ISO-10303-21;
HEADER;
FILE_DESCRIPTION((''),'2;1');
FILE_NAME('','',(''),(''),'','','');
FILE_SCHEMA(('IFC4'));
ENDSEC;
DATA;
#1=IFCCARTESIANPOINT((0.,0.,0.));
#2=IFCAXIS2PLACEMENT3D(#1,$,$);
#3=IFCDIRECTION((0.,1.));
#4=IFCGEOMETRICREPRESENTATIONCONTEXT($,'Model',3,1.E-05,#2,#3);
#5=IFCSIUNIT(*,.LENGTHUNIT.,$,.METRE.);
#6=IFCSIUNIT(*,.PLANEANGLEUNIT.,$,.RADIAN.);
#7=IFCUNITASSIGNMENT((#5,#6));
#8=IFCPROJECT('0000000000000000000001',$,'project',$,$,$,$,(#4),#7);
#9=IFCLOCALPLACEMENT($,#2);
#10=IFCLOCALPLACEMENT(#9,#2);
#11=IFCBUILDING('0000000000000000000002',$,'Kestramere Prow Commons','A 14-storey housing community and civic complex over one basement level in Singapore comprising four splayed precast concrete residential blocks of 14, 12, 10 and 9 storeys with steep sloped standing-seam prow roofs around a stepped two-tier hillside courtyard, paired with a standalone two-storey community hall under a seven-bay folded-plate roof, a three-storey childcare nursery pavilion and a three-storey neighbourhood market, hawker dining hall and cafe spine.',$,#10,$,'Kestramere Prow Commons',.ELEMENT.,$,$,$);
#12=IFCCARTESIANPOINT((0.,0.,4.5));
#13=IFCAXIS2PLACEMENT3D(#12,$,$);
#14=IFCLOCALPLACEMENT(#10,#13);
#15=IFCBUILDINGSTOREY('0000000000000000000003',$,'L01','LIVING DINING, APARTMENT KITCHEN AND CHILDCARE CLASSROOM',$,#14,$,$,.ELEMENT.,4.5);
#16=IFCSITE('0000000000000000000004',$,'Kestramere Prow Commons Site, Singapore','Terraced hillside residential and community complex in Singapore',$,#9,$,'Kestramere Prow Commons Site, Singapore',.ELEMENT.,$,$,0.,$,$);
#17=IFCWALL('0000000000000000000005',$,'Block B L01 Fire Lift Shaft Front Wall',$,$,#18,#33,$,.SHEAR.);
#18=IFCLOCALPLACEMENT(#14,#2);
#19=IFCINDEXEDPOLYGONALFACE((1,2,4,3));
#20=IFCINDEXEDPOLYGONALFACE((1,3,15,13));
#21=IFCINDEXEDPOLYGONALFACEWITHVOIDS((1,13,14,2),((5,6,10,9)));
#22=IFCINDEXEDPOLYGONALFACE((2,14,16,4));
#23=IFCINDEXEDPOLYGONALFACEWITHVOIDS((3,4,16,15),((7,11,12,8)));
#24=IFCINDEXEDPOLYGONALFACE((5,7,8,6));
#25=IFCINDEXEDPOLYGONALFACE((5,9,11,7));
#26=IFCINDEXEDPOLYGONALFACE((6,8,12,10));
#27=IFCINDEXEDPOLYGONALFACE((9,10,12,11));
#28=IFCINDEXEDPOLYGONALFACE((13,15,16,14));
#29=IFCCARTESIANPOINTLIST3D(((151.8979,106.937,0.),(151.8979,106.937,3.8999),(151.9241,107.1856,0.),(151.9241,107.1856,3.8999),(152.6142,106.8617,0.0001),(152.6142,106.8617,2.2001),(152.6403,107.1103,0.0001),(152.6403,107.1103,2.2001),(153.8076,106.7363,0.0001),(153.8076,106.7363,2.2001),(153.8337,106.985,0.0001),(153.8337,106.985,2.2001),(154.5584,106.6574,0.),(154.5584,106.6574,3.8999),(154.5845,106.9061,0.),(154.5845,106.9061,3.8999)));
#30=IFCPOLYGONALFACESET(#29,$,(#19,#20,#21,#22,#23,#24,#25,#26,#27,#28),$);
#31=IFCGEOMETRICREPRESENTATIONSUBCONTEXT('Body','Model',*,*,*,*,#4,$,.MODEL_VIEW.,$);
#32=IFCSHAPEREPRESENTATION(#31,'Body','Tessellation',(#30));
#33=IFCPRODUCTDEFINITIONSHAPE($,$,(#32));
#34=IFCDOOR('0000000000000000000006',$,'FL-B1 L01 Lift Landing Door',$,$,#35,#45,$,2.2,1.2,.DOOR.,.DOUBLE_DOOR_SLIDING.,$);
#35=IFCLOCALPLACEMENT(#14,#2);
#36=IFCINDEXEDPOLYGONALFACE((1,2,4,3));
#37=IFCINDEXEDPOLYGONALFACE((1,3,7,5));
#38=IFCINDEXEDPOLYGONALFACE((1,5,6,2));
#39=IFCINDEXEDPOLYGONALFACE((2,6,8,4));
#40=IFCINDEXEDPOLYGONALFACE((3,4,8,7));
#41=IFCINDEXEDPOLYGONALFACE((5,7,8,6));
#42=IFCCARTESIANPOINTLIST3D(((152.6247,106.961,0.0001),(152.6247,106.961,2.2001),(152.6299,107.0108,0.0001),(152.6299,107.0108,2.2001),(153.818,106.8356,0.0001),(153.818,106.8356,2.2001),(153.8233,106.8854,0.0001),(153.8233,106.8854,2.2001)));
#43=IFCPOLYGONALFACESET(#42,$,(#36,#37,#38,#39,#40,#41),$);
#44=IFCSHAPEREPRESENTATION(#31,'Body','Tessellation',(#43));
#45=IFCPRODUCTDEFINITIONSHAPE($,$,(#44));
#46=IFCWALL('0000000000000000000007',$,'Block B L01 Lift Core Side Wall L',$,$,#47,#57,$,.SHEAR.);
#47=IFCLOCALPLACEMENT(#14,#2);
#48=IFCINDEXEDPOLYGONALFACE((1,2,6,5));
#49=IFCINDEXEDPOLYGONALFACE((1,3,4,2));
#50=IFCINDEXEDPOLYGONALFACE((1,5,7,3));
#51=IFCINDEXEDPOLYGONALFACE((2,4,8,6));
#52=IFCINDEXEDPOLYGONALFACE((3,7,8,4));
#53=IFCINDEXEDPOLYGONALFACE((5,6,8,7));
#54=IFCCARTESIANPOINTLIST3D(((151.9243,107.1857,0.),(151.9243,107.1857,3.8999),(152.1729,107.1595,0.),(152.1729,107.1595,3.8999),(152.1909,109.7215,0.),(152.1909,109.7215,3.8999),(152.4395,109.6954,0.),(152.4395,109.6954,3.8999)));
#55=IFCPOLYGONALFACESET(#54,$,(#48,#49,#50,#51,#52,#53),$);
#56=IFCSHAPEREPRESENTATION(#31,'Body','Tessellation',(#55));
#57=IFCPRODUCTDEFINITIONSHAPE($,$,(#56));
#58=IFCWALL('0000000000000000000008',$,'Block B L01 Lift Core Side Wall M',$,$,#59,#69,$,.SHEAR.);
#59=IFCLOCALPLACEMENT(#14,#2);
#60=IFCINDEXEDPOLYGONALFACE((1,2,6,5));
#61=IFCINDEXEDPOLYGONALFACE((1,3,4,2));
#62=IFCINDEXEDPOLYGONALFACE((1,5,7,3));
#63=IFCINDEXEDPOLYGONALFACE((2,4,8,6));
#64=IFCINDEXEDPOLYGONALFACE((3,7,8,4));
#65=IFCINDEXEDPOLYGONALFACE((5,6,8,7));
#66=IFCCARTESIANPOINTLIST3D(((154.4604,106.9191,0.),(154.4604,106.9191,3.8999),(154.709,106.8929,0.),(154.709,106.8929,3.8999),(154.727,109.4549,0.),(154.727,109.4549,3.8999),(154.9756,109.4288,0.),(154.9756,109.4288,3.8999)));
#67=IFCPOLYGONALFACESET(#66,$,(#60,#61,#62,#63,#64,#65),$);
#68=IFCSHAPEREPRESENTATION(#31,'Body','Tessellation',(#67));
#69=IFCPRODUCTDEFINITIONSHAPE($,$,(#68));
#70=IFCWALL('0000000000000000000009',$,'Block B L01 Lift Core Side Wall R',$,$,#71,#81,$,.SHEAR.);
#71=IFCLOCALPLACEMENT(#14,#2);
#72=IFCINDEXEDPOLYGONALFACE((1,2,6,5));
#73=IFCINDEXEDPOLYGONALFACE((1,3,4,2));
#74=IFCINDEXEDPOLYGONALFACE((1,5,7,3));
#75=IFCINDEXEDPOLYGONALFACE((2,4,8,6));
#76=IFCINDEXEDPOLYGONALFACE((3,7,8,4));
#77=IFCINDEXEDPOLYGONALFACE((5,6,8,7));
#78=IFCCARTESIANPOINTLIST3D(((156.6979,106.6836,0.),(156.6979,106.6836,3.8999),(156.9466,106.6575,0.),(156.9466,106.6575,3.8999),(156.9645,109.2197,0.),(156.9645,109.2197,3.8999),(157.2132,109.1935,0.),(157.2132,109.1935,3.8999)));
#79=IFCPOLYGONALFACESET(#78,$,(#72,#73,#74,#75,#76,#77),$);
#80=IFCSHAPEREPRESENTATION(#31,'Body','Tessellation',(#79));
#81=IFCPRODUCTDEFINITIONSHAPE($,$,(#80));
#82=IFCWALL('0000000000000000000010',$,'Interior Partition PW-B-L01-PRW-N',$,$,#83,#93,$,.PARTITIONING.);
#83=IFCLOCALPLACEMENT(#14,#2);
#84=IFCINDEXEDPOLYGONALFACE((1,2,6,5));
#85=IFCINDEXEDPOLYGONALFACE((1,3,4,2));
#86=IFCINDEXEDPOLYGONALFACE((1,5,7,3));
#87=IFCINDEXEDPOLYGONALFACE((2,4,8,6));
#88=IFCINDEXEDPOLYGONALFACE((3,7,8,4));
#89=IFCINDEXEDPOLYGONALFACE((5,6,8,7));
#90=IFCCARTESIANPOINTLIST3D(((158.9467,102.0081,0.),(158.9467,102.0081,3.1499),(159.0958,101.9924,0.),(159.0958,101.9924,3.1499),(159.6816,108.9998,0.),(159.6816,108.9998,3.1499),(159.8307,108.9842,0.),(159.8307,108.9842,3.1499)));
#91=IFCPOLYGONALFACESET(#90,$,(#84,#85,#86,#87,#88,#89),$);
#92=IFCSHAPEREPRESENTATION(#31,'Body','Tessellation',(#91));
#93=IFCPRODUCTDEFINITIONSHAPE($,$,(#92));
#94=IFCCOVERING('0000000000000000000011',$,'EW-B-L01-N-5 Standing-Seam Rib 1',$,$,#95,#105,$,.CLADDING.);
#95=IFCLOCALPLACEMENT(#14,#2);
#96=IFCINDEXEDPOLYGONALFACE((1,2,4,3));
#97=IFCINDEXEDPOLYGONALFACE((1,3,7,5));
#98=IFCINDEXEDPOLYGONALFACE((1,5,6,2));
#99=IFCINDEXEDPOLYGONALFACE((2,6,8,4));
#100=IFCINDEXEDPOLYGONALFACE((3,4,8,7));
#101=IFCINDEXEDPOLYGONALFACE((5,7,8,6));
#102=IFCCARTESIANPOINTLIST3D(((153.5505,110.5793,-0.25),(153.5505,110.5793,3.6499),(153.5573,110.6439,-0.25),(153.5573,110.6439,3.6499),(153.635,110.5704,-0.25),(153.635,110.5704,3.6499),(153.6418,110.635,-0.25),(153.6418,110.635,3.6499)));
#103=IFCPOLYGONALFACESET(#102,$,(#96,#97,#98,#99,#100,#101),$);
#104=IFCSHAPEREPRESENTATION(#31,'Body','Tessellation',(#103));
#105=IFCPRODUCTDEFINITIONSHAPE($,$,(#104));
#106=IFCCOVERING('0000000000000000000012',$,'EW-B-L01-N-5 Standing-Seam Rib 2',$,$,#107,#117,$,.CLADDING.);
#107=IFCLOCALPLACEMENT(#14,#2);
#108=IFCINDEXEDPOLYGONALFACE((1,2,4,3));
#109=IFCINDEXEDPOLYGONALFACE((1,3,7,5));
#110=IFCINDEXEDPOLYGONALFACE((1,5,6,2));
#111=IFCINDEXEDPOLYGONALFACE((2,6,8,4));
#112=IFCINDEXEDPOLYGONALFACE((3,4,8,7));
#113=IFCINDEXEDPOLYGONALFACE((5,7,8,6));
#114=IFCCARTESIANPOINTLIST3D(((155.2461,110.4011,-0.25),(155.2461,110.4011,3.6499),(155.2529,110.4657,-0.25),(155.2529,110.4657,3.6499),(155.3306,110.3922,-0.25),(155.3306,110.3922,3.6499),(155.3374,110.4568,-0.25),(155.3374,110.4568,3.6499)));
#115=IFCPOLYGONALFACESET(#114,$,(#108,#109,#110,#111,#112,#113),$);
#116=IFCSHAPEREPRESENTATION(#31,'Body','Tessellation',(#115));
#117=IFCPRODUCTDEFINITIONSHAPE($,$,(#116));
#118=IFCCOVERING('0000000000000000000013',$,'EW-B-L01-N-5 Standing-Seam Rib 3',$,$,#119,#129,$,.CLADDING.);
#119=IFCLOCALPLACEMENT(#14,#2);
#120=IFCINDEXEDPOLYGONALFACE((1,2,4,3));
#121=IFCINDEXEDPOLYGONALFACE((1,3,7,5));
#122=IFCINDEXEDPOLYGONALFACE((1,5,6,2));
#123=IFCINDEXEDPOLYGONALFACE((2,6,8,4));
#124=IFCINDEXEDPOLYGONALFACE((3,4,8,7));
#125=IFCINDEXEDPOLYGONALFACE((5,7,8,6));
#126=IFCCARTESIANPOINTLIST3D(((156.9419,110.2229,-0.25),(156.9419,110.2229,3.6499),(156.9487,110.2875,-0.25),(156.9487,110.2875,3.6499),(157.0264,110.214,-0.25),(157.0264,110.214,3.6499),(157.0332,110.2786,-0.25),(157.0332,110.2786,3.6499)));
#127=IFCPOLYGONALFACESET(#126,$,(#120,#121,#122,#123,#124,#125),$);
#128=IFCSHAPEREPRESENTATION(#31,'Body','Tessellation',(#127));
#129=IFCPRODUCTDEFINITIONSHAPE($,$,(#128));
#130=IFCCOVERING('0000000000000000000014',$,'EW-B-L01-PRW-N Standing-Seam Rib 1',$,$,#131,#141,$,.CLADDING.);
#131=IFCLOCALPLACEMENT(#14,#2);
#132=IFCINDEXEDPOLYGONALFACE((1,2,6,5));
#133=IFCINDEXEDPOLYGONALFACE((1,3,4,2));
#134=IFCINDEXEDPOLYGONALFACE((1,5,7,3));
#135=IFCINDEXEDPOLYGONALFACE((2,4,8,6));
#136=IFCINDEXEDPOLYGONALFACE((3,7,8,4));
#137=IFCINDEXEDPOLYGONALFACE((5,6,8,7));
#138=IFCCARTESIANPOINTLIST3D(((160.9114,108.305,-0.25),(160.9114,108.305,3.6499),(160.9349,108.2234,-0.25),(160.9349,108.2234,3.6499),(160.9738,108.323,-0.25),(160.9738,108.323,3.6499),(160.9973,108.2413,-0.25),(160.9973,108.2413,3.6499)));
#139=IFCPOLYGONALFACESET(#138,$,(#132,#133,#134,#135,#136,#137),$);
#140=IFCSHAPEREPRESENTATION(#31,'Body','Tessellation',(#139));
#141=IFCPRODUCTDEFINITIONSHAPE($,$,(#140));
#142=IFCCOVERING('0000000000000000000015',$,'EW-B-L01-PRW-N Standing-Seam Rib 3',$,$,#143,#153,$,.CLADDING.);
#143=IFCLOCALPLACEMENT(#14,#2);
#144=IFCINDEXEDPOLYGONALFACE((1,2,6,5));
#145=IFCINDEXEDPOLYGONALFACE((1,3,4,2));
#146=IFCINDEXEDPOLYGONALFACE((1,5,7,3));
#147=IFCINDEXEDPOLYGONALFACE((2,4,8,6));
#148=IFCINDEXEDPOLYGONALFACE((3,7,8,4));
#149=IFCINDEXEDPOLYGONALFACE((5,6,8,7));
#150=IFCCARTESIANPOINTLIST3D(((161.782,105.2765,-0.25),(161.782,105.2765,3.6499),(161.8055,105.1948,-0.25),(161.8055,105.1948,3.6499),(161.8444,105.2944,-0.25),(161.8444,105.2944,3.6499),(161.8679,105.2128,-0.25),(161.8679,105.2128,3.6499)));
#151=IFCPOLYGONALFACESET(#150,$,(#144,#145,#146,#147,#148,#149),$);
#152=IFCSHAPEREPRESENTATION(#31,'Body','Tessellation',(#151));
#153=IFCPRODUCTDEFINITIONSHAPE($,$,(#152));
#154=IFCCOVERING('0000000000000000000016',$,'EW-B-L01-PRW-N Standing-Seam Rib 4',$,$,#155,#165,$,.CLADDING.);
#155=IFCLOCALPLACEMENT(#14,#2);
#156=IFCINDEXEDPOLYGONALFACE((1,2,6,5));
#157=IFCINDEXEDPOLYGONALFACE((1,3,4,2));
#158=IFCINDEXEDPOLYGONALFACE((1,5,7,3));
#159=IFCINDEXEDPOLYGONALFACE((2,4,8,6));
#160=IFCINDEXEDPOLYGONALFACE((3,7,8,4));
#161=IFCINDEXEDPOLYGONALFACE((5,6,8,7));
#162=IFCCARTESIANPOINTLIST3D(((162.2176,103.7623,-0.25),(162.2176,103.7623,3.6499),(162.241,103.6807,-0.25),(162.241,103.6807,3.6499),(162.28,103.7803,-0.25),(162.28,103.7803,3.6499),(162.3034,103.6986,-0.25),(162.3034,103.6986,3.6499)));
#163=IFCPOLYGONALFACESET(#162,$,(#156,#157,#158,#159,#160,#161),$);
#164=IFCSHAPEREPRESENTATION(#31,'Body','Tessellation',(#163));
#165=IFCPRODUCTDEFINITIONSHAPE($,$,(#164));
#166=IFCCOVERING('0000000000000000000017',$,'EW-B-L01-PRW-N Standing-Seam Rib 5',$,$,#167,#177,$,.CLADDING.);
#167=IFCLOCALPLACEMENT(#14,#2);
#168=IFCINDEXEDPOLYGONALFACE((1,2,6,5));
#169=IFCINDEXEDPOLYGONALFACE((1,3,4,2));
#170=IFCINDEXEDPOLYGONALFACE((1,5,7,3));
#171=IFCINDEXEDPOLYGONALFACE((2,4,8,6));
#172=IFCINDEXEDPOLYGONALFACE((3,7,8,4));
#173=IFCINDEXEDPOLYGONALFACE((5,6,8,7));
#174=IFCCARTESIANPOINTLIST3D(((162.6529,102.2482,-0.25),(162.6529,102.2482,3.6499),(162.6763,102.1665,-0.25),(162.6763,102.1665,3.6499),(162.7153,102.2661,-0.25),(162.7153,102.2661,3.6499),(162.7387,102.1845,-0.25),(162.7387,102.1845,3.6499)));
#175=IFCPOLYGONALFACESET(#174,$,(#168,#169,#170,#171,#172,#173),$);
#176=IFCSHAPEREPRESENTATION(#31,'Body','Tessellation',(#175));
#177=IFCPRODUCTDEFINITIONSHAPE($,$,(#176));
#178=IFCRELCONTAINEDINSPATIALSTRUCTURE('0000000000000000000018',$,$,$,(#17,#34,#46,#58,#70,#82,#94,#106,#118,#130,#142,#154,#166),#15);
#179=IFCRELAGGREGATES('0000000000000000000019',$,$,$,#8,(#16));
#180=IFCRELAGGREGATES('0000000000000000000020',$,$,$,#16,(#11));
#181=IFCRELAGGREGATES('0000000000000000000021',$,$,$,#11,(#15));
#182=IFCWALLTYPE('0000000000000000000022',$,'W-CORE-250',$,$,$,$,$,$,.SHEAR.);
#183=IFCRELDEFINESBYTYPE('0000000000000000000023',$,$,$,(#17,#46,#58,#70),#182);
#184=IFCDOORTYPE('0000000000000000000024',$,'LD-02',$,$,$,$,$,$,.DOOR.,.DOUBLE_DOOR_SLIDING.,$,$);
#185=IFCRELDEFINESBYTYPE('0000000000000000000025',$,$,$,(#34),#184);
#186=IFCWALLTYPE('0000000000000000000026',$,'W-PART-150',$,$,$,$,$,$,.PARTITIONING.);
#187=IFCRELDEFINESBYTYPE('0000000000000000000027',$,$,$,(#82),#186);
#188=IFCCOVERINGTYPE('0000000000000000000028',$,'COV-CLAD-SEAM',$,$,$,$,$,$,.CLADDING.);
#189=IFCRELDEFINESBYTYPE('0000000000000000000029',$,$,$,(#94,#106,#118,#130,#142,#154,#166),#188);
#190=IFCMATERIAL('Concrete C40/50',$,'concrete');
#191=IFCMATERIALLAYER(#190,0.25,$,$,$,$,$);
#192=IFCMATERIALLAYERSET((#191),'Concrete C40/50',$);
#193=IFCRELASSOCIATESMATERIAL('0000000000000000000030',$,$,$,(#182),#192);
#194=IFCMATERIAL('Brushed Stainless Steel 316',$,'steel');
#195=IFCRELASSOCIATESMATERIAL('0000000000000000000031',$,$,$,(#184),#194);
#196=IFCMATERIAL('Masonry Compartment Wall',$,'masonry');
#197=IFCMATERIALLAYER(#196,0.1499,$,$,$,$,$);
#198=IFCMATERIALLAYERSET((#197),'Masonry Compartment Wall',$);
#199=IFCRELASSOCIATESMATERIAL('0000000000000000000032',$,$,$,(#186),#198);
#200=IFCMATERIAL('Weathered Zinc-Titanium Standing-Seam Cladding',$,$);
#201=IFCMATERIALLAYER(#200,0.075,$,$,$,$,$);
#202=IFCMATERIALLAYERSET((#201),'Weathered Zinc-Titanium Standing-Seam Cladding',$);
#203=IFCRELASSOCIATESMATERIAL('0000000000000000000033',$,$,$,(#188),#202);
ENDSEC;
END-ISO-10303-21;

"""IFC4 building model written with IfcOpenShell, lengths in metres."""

from ifc_helpers import new_model, si_unit, direction, frame, frame_2d, origin, origin_2d, place, context, subcontext, project, spatial, rectangle, extrude, material, layer, layer_set, type_object, element, fill, save


model = new_model("IFC4")

# Units and contexts
model_context = context("Model", 3, precision=1e-05, world=origin(), true_north=direction((0.0, 1.0)))
body_context = subcontext(model_context, "Body", "Model", "MODEL_VIEW")
ifc_project = project(units=[si_unit("LENGTHUNIT", "METRE"), si_unit("PLANEANGLEUNIT", "RADIAN")], contexts=[model_context])

# Site, building, storey
site_placement = place(None, origin())
site = spatial("IfcSite", under=ifc_project, at=site_placement, Name="Kestramere Prow Commons Site, Singapore", Description="Terraced hillside residential and community complex in Singapore", LongName="Kestramere Prow Commons Site, Singapore", CompositionType="ELEMENT", RefElevation=0.0)
building_placement = place(site_placement, origin())
building = spatial("IfcBuilding", under=site, at=building_placement, Name="Kestramere Prow Commons", Description="A 14-storey housing community and civic complex over one basement level in Singapore comprising four splayed precast concrete residential blocks of 14, 12, 10 and 9 storeys with steep sloped standing-seam prow roofs around a stepped two-tier hillside courtyard, paired with a standalone two-storey community hall under a seven-bay folded-plate roof, a three-storey childcare nursery pavilion and a three-storey neighbourhood market, hawker dining hall and cafe spine.", LongName="Kestramere Prow Commons", CompositionType="ELEMENT")
storey_placement = place(building_placement, frame((0.0, 0.0, 4.5)))
storey = spatial("IfcBuildingStorey", under=building, at=storey_placement, Name="L01", Description="LIVING DINING, APARTMENT KITCHEN AND CHILDCARE CLASSROOM", CompositionType="ELEMENT", Elevation=4.5)

# Shared definitions
ifc_material_1 = material(Name="Weathered Zinc-Titanium Standing-Seam Cladding")

# Shared definitions
ifc_material_2 = material(Name="Concrete C40/50", Category="concrete")
ifc_layer_1 = layer(ifc_material_2, 0.25)
ifc_layer_set_1 = layer_set([ifc_layer_1], Name="Concrete C40/50")
wall_type_1 = type_object("IfcWallType", Name="W-CORE-250", PredefinedType="SHEAR", material=ifc_layer_set_1)

# Wall, opening, door
wall_1_placement = place(storey_placement, frame((151.9111, 107.0613, 0.0), z_axis=(0.0, 0.0, 1.0), x_axis=(0.994525, -0.1045, 0.0)))
wall_1 = element("IfcWall", 1, at=wall_1_placement, inside=storey, type_object=wall_type_1, Name="Block B L01 Fire Lift Shaft Front Wall", PredefinedType="SHEAR", context=body_context, shape_type="SweptSolid", body=[
    extrude(rectangle(XDim=2.675, YDim=0.25, at=frame_2d((1.3374, 0.0))), origin(), (0.0, 0.0, 1.0), 3.8999),
])
opening_1_placement = place(wall_1_placement, frame((0.72, 0.0, 0.0)))
opening_1 = element("IfcOpeningElement", 2, at=opening_1_placement, cuts=wall_1, PredefinedType="OPENING", context=body_context, shape_type="SweptSolid", body=[
    extrude(rectangle(XDim=1.2, YDim=2.2, at=frame_2d((0.6001, 1.1001))), frame((0.0, 0.1399, 0.0), z_axis=(0.0, -1.0, 0.0), x_axis=(1.0, 0.0, 0.0)), (0.0, 0.0, 1.0), 0.28),
])
ifc_material_3 = material(Name="Brushed Stainless Steel 316", Category="steel")
door_type_1 = type_object("IfcDoorType", Name="LD-02", OperationType="DOUBLE_DOOR_SLIDING", PredefinedType="DOOR", material=ifc_material_3)
door_1_placement = place(opening_1_placement, origin())
door_1 = element("IfcDoor", 3, at=door_1_placement, inside=storey, type_object=door_type_1, Name="FL-B1 L01 Lift Landing Door", OperationType="DOUBLE_DOOR_SLIDING", OverallHeight=2.2, OverallWidth=1.2, PredefinedType="DOOR", context=body_context, shape_type="SweptSolid", body=[
    extrude(rectangle(XDim=1.2, YDim=2.2, at=frame_2d((0.6001, 1.1001))), frame((0.0, 0.0249, 0.0), z_axis=(0.0, -1.0, 0.0), x_axis=(1.0, 0.0, 0.0)), (0.0, 0.0, 1.0), 0.05),
])
fill(opening_1, door_1)

# Walls
for number, where, z_axis, x_axis, name in (
    (4, (152.0486, 107.1726, 0.0), (0.0, 0.0, 1.0), (0.104555, 0.994519, 0.0), "Block B L01 Lift Core Side Wall L"),
    (5, (154.5847, 106.906, 0.0), (0.0, 0.0, 1.0), (0.104555, 0.994519, 0.0), "Block B L01 Lift Core Side Wall M"),
):
    element("IfcWall", number, at=place(storey_placement, frame(where, z_axis=z_axis, x_axis=x_axis)), inside=storey, type_object=wall_type_1, Name=name, PredefinedType="SHEAR", context=body_context, shape_type="SweptSolid", body=[
        extrude(rectangle(XDim=2.5498, YDim=0.25, at=frame_2d((1.2749, 0.0))), origin(), (0.0, 0.0, 1.0), 3.8999),
    ])
wall_2_placement = place(storey_placement, frame((156.8223, 106.6707, 0.0), z_axis=(0.0, 0.0, 1.0), x_axis=(0.104545, 0.99452, 0.0)))
element("IfcWall", 6, at=wall_2_placement, inside=storey, type_object=wall_type_1, Name="Block B L01 Lift Core Side Wall R", PredefinedType="SHEAR", context=body_context, shape_type="SweptSolid", body=[
    extrude(rectangle(XDim=2.55, YDim=0.25, at=frame_2d((1.2749, 0.0))), origin(), (0.0, 0.0, 1.0), 3.8999),
])

# Wall
ifc_material_4 = material(Name="Masonry Compartment Wall", Category="masonry")
ifc_layer_2 = layer(ifc_material_4, 0.1499)
ifc_layer_set_2 = layer_set([ifc_layer_2], Name="Masonry Compartment Wall")
wall_type_2 = type_object("IfcWallType", Name="W-PART-150", PredefinedType="PARTITIONING", material=ifc_layer_set_2)
wall_3_placement = place(storey_placement, frame((159.0212, 102.0002, 0.0), z_axis=(0.0, 0.0, 1.0), x_axis=(0.104529, 0.994522, 0.0)))
element("IfcWall", 7, at=wall_3_placement, inside=storey, type_object=wall_type_2, Name="Interior Partition PW-B-L01-PRW-N", PredefinedType="PARTITIONING", context=body_context, shape_type="SweptSolid", body=[
    extrude(rectangle(XDim=7.0303, YDim=0.1499, at=frame_2d((3.5151, 0.0))), origin(), (0.0, 0.0, 1.0), 3.1499),
])

# Coverings
ifc_layer_3 = layer(ifc_material_1, 0.075)
ifc_layer_set_3 = layer_set([ifc_layer_3], Name="Weathered Zinc-Titanium Standing-Seam Cladding")
covering_type = type_object("IfcCoveringType", Name="COV-CLAD-SEAM", PredefinedType="CLADDING", material=ifc_layer_set_3)
for number, where, z_axis, x_axis, name in (
    (8, (153.5962, 110.6072, -0.25), (0.0, 0.0, 1.0), (0.994522, -0.104528, 0.0), "EW-B-L01-N-5 Standing-Seam Rib 1"),
    (9, (155.2917, 110.429, -0.25), (0.0, 0.0, 1.0), (0.994522, -0.104528, 0.0), "EW-B-L01-N-5 Standing-Seam Rib 2"),
    (10, (156.9875, 110.2507, -0.25), (0.0, 0.0, 1.0), (0.994522, -0.104528, 0.0), "EW-B-L01-N-5 Standing-Seam Rib 3"),
    (11, (160.9543, 108.2732, -0.25), (0.0, 0.0, 1.0), (0.276318, -0.961066, 0.0), "EW-B-L01-PRW-N Standing-Seam Rib 1"),
    (12, (161.825, 105.2446, -0.25), (0.0, 0.0, 1.0), (0.276318, -0.961066, 0.0), "EW-B-L01-PRW-N Standing-Seam Rib 3"),
    (13, (162.2605, 103.7305, -0.25), (0.0, 0.0, 1.0), (0.276318, -0.961066, 0.0), "EW-B-L01-PRW-N Standing-Seam Rib 4"),
    (14, (162.6958, 102.2163, -0.25), (0.0, 0.0, 1.0), (0.276318, -0.961066, 0.0), "EW-B-L01-PRW-N Standing-Seam Rib 5"),
):
    element("IfcCovering", number, at=place(storey_placement, frame(where, z_axis=z_axis, x_axis=x_axis)), inside=storey, type_object=covering_type, Name=name, PredefinedType="CLADDING", context=body_context, shape_type="SweptSolid", body=[
        extrude(rectangle(XDim=0.085, YDim=0.0649, at=origin_2d()), origin(), (0.0, 0.0, 1.0), 3.8999),
    ])

save(model, "model.ifc")
